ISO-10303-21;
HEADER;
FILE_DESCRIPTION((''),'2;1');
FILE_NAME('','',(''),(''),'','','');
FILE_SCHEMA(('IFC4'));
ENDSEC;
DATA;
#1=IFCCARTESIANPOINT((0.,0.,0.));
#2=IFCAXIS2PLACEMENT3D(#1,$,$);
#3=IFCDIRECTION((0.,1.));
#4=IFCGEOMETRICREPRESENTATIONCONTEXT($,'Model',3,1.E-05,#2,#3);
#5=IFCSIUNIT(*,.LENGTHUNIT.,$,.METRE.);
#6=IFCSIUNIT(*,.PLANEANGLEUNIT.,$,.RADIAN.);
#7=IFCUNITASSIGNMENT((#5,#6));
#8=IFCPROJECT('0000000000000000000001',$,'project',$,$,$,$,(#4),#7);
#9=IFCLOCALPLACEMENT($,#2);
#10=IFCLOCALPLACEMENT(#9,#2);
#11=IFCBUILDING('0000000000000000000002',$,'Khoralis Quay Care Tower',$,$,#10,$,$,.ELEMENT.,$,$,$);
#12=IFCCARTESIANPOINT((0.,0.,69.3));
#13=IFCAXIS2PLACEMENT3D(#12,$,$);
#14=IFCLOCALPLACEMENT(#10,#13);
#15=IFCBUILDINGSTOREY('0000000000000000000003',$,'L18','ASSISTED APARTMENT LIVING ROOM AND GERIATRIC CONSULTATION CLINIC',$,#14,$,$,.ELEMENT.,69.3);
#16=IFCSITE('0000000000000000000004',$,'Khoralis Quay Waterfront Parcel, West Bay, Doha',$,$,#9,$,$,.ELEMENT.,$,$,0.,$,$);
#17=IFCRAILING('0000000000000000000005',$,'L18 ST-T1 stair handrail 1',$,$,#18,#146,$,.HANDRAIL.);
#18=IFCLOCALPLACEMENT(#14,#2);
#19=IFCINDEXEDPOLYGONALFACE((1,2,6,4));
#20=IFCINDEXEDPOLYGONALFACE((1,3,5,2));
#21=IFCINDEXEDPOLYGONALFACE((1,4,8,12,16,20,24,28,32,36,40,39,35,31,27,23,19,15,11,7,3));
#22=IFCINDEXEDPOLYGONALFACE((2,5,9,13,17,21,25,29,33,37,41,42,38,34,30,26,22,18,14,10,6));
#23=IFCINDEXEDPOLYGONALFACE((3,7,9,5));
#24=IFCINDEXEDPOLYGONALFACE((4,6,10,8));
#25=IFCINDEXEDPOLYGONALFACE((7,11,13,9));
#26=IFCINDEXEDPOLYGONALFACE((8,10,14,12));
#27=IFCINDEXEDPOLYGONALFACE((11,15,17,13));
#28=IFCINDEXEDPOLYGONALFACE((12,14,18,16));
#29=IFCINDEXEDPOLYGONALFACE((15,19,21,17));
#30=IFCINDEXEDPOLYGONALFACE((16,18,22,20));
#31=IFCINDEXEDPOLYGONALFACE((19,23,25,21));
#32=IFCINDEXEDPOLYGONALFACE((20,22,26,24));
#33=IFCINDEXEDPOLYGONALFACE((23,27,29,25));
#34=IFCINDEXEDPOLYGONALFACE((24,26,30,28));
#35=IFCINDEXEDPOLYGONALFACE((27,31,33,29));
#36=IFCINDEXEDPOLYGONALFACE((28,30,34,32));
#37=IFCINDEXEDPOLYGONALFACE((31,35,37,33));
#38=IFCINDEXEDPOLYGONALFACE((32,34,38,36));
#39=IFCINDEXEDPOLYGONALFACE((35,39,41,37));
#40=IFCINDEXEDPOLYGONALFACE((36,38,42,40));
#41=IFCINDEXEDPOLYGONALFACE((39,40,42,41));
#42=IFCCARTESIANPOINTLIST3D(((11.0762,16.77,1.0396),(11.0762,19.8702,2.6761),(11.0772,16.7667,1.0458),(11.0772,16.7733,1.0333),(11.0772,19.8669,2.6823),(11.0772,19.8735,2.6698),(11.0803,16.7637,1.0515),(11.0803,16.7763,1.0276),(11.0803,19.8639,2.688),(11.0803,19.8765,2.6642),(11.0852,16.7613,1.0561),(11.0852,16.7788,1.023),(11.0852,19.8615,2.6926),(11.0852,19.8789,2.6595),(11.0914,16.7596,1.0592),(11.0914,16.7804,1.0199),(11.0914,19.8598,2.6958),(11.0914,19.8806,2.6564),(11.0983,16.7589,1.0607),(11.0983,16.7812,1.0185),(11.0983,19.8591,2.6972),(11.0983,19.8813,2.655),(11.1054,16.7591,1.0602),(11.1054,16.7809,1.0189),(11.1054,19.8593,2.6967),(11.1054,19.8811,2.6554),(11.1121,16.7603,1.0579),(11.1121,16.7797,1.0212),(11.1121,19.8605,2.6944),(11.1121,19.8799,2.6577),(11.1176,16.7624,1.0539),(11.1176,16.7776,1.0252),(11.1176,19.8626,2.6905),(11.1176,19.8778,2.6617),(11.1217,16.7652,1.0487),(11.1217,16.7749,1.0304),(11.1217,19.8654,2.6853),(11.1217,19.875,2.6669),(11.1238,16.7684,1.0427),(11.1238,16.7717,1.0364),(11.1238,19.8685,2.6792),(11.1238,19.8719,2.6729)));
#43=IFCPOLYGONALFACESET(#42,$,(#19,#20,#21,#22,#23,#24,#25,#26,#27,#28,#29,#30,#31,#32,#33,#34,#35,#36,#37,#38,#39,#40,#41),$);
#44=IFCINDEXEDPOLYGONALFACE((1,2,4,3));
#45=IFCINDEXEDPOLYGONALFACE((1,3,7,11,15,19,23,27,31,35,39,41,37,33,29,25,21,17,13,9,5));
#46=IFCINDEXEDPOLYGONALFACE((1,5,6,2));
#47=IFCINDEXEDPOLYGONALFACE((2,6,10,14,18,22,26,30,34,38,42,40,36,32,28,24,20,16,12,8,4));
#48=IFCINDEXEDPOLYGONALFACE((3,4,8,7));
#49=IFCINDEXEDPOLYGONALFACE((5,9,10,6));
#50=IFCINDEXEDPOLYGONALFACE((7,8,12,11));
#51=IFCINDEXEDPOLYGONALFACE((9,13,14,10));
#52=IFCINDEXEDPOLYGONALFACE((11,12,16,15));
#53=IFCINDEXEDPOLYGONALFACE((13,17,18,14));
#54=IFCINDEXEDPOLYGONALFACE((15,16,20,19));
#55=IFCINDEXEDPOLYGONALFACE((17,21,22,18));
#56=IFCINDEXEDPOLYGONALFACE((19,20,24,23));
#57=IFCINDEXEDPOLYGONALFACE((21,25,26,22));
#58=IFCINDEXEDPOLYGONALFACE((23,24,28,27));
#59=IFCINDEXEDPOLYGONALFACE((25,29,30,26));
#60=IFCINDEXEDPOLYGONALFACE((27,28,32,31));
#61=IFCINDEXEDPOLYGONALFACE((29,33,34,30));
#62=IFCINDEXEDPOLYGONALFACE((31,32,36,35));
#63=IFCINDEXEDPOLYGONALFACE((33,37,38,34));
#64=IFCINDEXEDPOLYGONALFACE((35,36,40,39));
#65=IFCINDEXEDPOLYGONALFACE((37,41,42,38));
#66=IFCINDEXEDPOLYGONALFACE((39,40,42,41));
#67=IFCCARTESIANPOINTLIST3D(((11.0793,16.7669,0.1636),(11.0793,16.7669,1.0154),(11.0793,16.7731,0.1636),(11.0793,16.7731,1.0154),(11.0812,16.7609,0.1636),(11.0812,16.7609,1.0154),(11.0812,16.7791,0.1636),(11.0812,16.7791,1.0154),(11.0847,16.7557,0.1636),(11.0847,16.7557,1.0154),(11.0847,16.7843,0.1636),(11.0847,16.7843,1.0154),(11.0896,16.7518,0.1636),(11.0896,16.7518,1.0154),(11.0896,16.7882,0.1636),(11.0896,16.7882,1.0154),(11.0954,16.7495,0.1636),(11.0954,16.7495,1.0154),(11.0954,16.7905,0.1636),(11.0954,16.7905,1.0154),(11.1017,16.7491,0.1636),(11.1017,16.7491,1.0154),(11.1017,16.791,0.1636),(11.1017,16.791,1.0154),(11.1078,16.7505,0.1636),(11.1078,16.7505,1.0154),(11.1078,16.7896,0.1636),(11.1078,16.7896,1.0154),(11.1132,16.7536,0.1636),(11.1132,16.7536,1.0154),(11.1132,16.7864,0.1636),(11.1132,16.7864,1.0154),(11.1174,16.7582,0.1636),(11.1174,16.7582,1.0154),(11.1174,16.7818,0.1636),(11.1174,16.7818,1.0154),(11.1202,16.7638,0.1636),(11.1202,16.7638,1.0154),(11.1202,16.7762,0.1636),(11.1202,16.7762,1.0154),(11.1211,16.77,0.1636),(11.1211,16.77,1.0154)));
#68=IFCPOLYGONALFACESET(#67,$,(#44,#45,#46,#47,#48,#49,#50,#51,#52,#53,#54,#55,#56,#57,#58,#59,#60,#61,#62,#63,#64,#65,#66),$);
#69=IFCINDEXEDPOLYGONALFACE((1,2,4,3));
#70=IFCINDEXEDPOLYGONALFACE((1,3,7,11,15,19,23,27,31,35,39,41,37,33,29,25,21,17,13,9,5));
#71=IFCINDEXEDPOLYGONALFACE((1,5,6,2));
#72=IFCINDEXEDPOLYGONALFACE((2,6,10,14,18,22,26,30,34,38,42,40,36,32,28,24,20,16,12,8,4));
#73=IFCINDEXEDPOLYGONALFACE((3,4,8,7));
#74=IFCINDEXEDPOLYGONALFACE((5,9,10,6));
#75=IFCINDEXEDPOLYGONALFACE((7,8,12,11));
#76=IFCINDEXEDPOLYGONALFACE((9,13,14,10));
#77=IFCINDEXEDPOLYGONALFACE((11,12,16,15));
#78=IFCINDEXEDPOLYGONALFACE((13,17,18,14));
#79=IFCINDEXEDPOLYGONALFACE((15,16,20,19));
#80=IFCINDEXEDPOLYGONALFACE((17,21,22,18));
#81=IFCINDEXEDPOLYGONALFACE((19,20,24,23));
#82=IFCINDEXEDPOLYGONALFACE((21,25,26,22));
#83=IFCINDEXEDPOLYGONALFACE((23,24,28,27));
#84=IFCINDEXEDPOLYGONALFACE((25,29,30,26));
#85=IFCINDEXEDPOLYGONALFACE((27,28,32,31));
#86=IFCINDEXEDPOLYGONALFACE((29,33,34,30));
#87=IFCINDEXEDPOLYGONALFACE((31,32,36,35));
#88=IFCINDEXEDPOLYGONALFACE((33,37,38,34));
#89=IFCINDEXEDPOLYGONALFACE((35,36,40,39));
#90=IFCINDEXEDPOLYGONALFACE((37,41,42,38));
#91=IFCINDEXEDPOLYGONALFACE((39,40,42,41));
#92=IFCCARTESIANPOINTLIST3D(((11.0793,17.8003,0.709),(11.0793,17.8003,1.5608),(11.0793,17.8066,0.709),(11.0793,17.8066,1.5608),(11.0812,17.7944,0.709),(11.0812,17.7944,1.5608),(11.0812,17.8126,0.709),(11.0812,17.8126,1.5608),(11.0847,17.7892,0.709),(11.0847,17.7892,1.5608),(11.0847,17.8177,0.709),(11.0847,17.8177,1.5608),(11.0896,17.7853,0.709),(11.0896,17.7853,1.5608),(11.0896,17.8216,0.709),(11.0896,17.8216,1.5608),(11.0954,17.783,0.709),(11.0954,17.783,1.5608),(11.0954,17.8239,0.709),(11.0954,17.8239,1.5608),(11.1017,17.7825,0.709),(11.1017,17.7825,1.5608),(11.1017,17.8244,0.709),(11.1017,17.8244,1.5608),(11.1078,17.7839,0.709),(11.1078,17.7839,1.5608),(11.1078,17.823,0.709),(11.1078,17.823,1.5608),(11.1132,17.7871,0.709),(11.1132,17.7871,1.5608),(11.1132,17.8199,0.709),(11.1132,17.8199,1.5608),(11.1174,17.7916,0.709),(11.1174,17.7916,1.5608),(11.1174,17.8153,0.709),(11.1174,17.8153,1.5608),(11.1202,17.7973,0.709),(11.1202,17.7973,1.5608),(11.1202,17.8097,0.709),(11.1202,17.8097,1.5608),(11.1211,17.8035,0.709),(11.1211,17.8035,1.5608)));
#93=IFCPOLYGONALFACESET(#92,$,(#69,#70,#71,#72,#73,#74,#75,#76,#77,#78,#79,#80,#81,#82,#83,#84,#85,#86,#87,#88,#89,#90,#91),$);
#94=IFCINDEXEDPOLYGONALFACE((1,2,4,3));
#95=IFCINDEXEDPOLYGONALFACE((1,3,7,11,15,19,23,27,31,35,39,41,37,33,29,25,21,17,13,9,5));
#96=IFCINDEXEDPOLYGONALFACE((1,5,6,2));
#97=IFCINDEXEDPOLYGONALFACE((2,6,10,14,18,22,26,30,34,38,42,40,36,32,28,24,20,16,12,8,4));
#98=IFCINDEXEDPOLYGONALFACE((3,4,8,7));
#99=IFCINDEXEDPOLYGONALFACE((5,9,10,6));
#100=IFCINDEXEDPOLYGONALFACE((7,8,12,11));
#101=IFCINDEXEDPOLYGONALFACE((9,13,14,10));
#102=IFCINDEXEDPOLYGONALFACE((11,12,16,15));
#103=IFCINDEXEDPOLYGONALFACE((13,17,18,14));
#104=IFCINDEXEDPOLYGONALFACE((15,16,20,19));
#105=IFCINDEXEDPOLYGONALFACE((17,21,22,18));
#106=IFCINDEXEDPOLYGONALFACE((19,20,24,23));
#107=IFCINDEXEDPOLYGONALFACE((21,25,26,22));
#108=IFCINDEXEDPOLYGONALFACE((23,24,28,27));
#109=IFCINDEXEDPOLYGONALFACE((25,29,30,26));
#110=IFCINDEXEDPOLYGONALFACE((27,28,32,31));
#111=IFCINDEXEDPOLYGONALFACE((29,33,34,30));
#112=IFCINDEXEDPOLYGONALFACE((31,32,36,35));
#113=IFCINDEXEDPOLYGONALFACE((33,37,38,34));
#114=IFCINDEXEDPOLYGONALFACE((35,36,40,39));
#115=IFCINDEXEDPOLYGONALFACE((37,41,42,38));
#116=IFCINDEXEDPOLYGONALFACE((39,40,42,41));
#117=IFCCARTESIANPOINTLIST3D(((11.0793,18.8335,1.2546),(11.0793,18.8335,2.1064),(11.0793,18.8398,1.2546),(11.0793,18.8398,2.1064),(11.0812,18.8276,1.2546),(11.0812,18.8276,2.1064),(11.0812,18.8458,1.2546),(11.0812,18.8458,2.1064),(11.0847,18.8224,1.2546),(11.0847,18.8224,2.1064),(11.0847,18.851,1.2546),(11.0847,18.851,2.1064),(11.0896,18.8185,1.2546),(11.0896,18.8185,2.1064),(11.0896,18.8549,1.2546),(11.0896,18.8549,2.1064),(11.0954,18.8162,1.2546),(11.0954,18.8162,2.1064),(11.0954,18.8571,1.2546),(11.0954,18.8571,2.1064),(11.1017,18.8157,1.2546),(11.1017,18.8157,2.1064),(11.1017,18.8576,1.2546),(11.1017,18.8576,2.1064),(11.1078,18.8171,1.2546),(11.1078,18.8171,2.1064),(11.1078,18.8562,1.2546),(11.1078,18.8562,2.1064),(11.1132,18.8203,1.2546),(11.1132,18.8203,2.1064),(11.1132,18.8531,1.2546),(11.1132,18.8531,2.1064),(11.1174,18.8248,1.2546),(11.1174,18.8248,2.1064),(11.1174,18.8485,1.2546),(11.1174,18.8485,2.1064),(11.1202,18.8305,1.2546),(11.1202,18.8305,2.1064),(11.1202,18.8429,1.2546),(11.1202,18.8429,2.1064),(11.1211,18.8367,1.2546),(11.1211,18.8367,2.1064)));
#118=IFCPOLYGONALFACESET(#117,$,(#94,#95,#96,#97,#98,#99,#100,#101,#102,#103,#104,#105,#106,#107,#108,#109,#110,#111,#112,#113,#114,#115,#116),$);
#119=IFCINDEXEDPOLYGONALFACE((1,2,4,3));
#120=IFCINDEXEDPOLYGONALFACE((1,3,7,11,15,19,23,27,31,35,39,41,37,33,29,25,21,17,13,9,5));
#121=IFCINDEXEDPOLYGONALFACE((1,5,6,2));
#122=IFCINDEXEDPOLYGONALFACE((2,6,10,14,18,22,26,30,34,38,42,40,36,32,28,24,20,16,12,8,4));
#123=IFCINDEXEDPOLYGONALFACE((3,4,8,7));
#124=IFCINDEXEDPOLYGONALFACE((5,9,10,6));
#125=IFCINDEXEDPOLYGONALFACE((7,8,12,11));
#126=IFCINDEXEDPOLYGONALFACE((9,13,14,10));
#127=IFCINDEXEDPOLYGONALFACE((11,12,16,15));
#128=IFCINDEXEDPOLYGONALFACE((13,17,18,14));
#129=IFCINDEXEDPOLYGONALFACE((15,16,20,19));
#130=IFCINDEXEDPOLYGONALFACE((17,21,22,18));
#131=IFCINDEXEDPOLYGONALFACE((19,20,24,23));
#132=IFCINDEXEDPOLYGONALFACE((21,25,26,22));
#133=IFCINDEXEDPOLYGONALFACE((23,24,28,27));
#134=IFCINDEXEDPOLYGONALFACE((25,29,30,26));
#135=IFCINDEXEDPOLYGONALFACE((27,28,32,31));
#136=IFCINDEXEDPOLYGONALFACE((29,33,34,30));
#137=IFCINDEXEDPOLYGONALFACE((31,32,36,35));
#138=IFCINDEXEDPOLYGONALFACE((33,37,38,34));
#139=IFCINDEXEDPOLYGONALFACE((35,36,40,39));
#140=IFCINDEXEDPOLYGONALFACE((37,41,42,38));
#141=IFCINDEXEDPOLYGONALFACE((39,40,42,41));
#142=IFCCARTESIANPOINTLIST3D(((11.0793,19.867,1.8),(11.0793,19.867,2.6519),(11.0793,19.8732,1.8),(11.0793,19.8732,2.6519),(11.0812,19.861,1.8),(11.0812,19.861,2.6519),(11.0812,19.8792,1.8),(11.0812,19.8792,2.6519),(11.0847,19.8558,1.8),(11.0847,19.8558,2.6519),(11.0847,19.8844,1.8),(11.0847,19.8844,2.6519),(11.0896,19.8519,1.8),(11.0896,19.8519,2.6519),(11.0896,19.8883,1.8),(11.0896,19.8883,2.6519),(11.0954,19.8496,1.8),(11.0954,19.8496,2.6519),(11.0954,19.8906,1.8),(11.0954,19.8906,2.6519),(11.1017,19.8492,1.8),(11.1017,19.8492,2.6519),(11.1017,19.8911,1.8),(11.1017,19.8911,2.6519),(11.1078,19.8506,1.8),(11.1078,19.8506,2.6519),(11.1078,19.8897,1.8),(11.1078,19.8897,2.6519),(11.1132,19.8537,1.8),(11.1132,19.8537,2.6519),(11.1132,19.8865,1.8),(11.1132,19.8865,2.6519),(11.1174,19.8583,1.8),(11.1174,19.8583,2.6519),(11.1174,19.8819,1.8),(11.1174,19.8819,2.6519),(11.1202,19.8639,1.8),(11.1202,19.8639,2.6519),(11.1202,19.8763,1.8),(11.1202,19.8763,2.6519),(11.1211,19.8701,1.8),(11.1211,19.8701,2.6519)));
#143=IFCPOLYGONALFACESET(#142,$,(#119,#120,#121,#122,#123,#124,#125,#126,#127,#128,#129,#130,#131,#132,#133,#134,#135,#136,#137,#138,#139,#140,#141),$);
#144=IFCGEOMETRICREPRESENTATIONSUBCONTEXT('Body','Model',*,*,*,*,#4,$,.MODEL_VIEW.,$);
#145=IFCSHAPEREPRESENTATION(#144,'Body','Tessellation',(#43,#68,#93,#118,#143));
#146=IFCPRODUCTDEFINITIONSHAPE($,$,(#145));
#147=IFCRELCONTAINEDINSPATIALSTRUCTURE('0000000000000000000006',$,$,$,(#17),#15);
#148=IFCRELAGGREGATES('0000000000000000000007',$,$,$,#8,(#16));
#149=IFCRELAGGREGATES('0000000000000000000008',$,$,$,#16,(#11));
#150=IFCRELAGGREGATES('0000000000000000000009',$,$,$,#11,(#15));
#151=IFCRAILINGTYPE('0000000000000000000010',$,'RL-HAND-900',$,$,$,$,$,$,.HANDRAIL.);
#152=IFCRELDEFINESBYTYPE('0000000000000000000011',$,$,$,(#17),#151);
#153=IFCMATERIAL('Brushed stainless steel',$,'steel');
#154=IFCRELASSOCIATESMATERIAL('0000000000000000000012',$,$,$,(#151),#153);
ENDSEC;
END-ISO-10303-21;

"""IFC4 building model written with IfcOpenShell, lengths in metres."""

from ifc_helpers import new_model, si_unit, direction, frame, origin, origin_2d, place, context, subcontext, project, spatial, circle, extrude, material, type_object, element, save


model = new_model("IFC4")

# Units and contexts
model_context = context("Model", 3, precision=1e-05, world=origin(), true_north=direction((0.0, 1.0)))
body_context = subcontext(model_context, "Body", "Model", "MODEL_VIEW")
ifc_project = project(units=[si_unit("LENGTHUNIT", "METRE"), si_unit("PLANEANGLEUNIT", "RADIAN")], contexts=[model_context])

# Site, building, storey
site_placement = place(None, origin())
site = spatial("IfcSite", under=ifc_project, at=site_placement, Name="Khoralis Quay Waterfront Parcel, West Bay, Doha", CompositionType="ELEMENT", RefElevation=0.0)
building_placement = place(site_placement, origin())
building = spatial("IfcBuilding", under=site, at=building_placement, Name="Khoralis Quay Care Tower", CompositionType="ELEMENT")
storey_placement = place(building_placement, frame((0.0, 0.0, 69.3)))
storey = spatial("IfcBuildingStorey", under=building, at=storey_placement, Name="L18", Description="ASSISTED APARTMENT LIVING ROOM AND GERIATRIC CONSULTATION CLINIC", CompositionType="ELEMENT", Elevation=69.3)

# Railing
ifc_material_1 = material(Name="Brushed stainless steel", Category="steel")
railing_type_1 = type_object("IfcRailingType", Name="RL-HAND-900", PredefinedType="HANDRAIL", material=ifc_material_1)
railing_1_placement = place(storey_placement, frame((11.1001, 16.77, 0.1636)))
element("IfcRailing", 1, at=railing_1_placement, inside=storey, type_object=railing_type_1, Name="L18 ST-T1 stair handrail 1", PredefinedType="HANDRAIL", context=body_context, shape_type="SweptSolid", body=[
    extrude(circle(Radius=0.0239, at=origin_2d()), frame((0.0, 0.0, 0.876), z_axis=(0.0, 0.884348, 0.466828), x_axis=(-1.0, 0.0, 0.0)), (0.0, 0.0, 1.0), 3.5056),
    extrude(circle(Radius=0.021, at=origin_2d()), origin(), (0.0, 0.0, 1.0), 0.8518),
    extrude(circle(Radius=0.021, at=origin_2d()), frame((0.0, 1.0334, 0.5454)), (0.0, 0.0, 1.0), 0.8518),
    extrude(circle(Radius=0.021, at=origin_2d()), frame((0.0, 2.0667, 1.0911)), (0.0, 0.0, 1.0), 0.8518),
    extrude(circle(Radius=0.021, at=origin_2d()), frame((0.0, 3.1001, 1.6365)), (0.0, 0.0, 1.0), 0.8518),
])

save(model, "model.ifc")
